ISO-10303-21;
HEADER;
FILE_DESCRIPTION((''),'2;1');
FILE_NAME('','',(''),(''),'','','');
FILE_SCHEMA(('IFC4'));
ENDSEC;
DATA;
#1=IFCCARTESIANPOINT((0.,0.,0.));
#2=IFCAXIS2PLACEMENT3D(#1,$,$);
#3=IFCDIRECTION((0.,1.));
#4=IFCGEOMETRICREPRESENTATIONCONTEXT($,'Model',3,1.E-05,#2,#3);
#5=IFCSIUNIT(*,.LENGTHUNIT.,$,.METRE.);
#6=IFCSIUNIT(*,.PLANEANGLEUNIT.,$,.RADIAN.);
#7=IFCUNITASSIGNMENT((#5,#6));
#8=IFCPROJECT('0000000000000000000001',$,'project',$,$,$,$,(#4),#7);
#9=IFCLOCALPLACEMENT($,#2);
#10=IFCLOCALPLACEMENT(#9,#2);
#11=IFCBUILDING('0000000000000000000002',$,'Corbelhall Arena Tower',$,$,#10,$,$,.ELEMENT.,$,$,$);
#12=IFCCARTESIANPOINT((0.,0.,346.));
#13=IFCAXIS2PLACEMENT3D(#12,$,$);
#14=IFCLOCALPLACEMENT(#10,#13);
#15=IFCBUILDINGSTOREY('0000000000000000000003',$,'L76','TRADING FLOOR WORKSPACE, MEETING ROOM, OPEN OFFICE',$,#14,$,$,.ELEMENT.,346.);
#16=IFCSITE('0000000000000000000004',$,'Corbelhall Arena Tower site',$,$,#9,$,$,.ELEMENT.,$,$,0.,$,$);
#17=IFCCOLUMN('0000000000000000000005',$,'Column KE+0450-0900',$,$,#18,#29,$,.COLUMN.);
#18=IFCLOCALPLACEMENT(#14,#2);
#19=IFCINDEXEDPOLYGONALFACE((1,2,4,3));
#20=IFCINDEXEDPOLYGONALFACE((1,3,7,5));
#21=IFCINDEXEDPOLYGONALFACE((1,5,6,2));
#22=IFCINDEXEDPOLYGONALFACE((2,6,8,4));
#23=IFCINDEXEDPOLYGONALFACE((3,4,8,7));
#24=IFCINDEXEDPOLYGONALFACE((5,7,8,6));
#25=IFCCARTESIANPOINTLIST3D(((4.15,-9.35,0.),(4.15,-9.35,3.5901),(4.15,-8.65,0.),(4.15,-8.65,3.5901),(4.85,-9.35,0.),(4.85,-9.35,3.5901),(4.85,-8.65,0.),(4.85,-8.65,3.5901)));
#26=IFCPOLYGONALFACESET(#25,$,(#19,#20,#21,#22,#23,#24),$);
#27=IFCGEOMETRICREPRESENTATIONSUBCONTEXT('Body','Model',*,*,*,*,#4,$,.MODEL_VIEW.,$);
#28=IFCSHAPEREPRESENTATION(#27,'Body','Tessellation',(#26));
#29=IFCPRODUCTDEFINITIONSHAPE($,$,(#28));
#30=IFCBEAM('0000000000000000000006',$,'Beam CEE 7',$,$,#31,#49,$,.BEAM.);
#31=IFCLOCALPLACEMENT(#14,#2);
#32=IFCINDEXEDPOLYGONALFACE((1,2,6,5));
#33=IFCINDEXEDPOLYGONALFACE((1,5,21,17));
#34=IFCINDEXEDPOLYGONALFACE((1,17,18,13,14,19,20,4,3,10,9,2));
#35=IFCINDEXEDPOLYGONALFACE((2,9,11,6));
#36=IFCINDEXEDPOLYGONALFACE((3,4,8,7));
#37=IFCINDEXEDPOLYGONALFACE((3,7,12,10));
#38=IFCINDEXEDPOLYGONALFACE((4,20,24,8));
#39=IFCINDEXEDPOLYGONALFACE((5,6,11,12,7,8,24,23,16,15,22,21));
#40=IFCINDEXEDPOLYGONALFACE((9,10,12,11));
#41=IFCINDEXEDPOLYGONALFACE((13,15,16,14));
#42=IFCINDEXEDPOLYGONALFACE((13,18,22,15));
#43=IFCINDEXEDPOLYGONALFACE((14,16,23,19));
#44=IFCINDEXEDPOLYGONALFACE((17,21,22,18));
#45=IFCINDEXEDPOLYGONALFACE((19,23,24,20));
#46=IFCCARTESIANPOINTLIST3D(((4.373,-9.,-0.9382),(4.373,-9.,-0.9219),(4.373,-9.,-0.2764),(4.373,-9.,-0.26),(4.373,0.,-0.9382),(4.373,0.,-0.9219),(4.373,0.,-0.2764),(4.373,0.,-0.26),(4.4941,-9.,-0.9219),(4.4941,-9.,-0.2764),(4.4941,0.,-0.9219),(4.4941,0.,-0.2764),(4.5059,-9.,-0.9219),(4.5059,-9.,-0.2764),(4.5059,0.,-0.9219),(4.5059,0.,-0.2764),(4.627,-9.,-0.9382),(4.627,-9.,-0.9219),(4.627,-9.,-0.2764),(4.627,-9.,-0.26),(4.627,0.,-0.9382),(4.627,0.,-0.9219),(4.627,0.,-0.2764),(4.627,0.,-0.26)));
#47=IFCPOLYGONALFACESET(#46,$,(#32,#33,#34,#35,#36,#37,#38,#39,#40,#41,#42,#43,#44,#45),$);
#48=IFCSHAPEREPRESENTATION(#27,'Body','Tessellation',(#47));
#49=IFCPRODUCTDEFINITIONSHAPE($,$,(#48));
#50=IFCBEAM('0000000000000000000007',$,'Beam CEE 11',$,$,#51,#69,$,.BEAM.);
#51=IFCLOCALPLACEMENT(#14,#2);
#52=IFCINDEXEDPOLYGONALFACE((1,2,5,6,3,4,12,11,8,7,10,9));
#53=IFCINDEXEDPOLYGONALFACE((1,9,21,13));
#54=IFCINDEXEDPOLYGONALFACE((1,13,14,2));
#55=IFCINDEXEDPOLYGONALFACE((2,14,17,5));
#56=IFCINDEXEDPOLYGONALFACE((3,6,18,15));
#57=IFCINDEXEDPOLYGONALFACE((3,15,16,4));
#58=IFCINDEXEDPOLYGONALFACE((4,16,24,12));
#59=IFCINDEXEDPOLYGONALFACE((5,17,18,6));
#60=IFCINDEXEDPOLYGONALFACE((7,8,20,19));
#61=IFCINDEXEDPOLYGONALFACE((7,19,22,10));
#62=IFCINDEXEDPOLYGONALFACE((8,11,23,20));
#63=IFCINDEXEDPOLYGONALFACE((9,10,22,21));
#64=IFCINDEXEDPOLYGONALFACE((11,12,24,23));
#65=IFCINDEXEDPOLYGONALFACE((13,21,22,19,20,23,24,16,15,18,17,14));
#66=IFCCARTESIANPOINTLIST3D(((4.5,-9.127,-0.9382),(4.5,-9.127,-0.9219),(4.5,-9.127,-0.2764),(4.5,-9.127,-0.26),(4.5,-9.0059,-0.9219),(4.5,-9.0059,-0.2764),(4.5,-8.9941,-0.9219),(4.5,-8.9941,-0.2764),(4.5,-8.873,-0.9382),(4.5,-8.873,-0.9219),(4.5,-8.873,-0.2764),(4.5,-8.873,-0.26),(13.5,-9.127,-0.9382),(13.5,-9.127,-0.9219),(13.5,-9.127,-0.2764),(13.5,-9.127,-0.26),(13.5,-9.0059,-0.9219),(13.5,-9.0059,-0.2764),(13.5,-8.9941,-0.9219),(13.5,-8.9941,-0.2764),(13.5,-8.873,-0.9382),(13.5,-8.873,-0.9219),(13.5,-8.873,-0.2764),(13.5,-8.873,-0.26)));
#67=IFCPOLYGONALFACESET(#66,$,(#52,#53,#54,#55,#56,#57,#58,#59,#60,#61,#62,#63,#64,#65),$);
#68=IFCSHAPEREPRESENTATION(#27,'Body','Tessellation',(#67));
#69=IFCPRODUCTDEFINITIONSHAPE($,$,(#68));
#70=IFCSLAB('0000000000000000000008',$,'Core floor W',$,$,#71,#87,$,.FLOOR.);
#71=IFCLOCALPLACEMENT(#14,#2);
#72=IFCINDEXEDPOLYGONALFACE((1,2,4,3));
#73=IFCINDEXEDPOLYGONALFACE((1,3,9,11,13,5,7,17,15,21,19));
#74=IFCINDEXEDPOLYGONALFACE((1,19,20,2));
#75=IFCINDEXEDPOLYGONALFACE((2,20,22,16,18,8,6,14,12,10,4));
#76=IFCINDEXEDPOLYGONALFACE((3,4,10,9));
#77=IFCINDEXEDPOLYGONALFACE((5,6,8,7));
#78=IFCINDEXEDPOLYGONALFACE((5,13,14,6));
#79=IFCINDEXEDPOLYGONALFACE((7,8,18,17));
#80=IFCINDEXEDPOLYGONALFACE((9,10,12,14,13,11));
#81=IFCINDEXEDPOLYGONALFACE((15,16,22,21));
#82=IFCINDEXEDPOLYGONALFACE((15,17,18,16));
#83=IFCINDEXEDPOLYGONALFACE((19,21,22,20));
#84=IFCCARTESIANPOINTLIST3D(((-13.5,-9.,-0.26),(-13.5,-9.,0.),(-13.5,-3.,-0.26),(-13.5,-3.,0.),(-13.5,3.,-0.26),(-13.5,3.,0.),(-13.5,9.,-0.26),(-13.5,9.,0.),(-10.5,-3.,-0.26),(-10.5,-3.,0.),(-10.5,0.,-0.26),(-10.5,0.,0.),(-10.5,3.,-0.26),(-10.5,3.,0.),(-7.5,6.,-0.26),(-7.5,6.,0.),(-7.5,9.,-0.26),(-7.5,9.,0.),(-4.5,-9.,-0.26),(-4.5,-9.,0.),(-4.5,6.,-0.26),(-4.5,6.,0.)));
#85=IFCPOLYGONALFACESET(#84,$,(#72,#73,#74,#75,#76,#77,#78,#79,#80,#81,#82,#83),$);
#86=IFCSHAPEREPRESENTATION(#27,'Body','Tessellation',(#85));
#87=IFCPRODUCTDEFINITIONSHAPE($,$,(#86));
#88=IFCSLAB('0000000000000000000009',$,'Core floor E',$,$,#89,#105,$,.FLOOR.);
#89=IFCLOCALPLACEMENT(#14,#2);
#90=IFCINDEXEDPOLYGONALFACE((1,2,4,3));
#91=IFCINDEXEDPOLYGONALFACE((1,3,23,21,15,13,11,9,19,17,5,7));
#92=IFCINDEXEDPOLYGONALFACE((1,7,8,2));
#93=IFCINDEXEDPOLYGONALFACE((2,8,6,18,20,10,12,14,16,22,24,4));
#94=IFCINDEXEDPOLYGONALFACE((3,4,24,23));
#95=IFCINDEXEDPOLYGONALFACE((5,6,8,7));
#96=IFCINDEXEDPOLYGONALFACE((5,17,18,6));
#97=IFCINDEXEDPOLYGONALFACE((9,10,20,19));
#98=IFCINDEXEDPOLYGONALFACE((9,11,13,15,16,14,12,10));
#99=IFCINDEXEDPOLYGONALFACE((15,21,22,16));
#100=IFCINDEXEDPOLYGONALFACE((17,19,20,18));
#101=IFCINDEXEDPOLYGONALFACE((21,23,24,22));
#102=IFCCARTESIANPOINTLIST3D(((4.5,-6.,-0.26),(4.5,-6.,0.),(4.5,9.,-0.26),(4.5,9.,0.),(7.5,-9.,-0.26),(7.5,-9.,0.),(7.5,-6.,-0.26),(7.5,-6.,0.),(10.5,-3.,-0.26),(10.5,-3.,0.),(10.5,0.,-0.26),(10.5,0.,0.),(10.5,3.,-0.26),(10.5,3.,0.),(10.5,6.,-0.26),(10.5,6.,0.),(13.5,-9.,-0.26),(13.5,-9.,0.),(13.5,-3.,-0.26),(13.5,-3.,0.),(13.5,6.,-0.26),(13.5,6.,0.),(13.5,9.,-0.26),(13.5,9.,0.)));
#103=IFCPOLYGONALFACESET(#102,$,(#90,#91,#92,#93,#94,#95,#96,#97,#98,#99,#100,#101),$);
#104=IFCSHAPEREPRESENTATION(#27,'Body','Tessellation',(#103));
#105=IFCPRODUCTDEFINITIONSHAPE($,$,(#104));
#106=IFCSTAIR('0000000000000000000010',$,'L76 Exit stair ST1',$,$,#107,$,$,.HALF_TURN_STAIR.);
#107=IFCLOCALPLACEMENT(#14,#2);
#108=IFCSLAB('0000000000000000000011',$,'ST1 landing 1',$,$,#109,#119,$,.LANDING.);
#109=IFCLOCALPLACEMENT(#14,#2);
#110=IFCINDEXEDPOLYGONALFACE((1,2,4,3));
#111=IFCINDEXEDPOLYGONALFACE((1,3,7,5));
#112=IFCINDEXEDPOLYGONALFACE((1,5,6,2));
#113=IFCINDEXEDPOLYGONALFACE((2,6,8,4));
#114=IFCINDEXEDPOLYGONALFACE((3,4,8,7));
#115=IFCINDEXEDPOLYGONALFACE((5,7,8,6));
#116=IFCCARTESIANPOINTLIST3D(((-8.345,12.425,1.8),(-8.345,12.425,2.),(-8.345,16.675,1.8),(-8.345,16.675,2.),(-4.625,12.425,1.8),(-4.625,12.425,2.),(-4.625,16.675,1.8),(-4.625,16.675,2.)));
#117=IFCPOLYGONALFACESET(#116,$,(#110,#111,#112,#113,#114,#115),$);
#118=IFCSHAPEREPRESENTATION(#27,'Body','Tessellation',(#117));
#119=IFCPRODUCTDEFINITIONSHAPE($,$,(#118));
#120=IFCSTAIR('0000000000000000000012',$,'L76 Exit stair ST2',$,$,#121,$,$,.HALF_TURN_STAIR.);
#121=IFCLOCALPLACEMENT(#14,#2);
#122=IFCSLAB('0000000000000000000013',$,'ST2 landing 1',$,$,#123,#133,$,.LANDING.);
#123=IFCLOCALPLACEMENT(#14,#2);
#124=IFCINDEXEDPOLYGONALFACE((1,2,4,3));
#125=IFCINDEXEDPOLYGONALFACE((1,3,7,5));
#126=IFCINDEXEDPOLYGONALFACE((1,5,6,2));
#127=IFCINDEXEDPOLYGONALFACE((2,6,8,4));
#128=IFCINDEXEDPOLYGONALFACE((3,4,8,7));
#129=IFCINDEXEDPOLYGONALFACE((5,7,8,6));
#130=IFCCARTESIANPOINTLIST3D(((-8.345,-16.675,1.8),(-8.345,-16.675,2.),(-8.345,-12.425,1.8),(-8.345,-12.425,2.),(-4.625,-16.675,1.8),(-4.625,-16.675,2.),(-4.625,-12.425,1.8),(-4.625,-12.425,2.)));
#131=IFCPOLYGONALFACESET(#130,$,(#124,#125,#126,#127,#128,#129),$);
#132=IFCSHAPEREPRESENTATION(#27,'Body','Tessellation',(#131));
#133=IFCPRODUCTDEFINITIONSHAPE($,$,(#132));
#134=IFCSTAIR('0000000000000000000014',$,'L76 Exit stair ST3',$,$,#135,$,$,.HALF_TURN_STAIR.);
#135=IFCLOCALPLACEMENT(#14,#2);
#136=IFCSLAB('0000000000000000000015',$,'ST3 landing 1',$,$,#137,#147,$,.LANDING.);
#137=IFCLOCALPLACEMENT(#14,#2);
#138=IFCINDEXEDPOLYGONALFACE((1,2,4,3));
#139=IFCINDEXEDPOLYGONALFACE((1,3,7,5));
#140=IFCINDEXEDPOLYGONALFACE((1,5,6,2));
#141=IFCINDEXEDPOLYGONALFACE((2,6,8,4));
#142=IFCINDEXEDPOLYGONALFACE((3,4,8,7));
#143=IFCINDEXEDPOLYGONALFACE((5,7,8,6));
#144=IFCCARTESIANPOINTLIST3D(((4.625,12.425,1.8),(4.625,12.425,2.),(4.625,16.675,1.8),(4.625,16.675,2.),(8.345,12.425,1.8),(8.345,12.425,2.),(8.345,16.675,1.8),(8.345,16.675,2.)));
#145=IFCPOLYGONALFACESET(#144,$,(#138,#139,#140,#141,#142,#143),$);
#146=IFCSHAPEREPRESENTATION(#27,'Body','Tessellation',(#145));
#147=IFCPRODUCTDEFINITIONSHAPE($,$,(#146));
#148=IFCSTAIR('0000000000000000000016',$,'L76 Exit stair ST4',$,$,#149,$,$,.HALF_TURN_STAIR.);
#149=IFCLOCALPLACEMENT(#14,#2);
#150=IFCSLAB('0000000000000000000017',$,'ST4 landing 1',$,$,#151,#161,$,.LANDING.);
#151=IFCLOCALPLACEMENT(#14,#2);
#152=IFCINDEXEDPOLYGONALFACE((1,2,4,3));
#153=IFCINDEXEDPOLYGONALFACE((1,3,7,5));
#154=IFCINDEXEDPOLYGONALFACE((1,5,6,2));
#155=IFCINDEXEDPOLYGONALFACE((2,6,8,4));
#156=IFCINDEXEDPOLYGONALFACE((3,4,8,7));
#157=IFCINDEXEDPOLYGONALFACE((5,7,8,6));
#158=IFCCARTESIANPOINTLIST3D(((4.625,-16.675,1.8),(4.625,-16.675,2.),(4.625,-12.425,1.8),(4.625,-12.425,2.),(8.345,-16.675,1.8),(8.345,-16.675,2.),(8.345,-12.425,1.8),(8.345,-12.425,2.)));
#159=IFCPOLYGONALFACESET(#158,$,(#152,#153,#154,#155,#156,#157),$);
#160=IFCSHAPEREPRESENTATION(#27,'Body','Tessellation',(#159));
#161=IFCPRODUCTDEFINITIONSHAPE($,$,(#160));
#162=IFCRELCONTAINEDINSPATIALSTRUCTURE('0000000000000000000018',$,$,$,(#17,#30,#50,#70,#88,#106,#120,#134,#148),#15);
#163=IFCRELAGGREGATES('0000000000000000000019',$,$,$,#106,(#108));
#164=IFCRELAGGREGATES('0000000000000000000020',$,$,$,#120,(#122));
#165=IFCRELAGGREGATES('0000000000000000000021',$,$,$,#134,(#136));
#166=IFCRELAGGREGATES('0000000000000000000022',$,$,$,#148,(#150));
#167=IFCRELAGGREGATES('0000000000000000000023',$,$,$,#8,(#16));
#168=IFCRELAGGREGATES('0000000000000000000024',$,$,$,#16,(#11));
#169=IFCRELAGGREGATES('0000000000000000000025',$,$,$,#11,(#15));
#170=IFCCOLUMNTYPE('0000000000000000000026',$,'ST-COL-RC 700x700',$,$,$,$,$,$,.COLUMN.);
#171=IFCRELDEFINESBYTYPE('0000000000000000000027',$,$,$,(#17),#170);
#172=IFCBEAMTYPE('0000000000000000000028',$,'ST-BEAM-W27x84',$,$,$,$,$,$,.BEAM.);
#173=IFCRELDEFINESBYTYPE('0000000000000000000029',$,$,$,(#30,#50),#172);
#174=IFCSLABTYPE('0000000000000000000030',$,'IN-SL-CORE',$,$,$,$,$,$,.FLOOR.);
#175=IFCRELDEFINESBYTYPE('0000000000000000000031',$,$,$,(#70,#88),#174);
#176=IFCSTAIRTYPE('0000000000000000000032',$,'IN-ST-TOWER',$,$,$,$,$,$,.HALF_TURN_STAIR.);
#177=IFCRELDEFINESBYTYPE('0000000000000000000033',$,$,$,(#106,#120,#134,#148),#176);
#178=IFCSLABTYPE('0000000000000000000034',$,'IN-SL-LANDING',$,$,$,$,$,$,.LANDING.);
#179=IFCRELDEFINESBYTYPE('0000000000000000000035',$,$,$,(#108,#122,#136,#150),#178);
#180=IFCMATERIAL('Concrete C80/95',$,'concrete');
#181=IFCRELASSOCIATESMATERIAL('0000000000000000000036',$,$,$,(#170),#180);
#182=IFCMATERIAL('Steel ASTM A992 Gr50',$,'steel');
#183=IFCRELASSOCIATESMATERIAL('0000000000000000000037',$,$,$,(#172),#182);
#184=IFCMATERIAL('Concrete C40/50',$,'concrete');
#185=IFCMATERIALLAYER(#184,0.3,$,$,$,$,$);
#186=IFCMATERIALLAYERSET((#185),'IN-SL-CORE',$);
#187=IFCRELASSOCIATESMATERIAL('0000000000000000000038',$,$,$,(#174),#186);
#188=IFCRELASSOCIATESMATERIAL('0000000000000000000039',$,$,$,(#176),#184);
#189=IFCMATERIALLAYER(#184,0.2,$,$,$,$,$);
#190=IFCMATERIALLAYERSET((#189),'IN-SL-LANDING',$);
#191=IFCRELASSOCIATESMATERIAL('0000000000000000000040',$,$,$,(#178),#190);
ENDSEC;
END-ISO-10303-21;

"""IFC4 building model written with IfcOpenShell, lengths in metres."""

from ifc_helpers import new_model, si_unit, direction, frame, origin, origin_2d, place, context, subcontext, project, spatial, polyline, rectangle, i_section, outline, extrude, material, layer, layer_set, material_profile, profile_set, type_object, element, aggregate, save


model = new_model("IFC4")

# Units and contexts
model_context = context("Model", 3, precision=1e-05, world=origin(), true_north=direction((0.0, 1.0)))
body_context = subcontext(model_context, "Body", "Model", "MODEL_VIEW")
ifc_project = project(units=[si_unit("LENGTHUNIT", "METRE"), si_unit("PLANEANGLEUNIT", "RADIAN")], contexts=[model_context])

# Site, building, storey
site_placement = place(None, origin())
site = spatial("IfcSite", under=ifc_project, at=site_placement, Name="Corbelhall Arena Tower site", CompositionType="ELEMENT", RefElevation=0.0)
building_placement = place(site_placement, origin())
building = spatial("IfcBuilding", under=site, at=building_placement, Name="Corbelhall Arena Tower", CompositionType="ELEMENT")
storey_placement = place(building_placement, frame((0.0, 0.0, 346.0)))
storey = spatial("IfcBuildingStorey", under=building, at=storey_placement, Name="L76", Description="TRADING FLOOR WORKSPACE, MEETING ROOM, OPEN OFFICE", CompositionType="ELEMENT", Elevation=346.0)

# Column
ifc_material_1 = material(Name="Concrete C80/95", Category="concrete")
ifc_material_profile_1 = material_profile(ifc_material_1, rectangle(XDim=0.7, YDim=0.7, at=origin_2d()))
ifc_profile_set_1 = profile_set([ifc_material_profile_1], Name="Concrete C80/95")
column_type = type_object("IfcColumnType", Name="ST-COL-RC 700x700", PredefinedType="COLUMN", material=ifc_profile_set_1)
column_placement = place(storey_placement, frame((4.5, -9.0, 0.0), z_axis=(0.0, 0.0, 1.0), x_axis=(1.0, 0.0, 0.0)))
element("IfcColumn", 1, at=column_placement, inside=storey, type_object=column_type, Name="Column KE+0450-0900", PredefinedType="COLUMN", context=body_context, shape_type="SweptSolid", body=[
    extrude(rectangle(XDim=0.7, YDim=0.7, at=origin_2d()), origin(), (0.0, 0.0, 1.0), 3.5901),
])

# Beams
ifc_material_2 = material(Name="Steel ASTM A992 Gr50", Category="steel")
ifc_material_profile_2 = material_profile(ifc_material_2, i_section(OverallWidth=0.2539, OverallDepth=0.6782, WebThickness=0.0117, FlangeThickness=0.0164, at=origin_2d()))
ifc_profile_set_2 = profile_set([ifc_material_profile_2], Name="Steel ASTM A992 Gr50")
beam_type = type_object("IfcBeamType", Name="ST-BEAM-W27x84", PredefinedType="BEAM", material=ifc_profile_set_2)
for number, where, z_axis, x_axis, name in (
    (2, (4.5, -9.0, -0.5991), (0.0, 1.0, 0.0), (-1.0, 0.0, 0.0), "Beam CEE 7"),
    (3, (4.5, -9.0, -0.5991), (1.0, 0.0, 0.0), (0.0, 1.0, 0.0), "Beam CEE 11"),
):
    element("IfcBeam", number, at=place(storey_placement, frame(where, z_axis=z_axis, x_axis=x_axis)), inside=storey, type_object=beam_type, Name=name, PredefinedType="BEAM", context=body_context, shape_type="SweptSolid", body=[
        extrude(i_section(OverallWidth=0.2539, OverallDepth=0.6782, WebThickness=0.0117, FlangeThickness=0.0164, at=origin_2d()), origin(), (0.0, 0.0, 1.0), 9.0),
    ])

# Slabs
ifc_material_3 = material(Name="Concrete C40/50", Category="concrete")
ifc_layer_1 = layer(ifc_material_3, 0.3)
ifc_layer_set_1 = layer_set([ifc_layer_1], Name="IN-SL-CORE")
slab_type_1 = type_object("IfcSlabType", Name="IN-SL-CORE", PredefinedType="FLOOR", material=ifc_layer_set_1)
slab_1_placement = place(storey_placement, frame((0.0, 0.0, -0.26)))
element("IfcSlab", 4, at=slab_1_placement, inside=storey, type_object=slab_type_1, Name="Core floor W", PredefinedType="FLOOR", context=body_context, shape_type="SweptSolid", body=[
    extrude(outline(polyline([(-13.5, -3.0), (-13.5, -9.0), (-4.5, -9.0), (-4.5, 6.0), (-7.5, 6.0), (-7.5, 9.0), (-13.5, 9.0), (-13.5, 3.0), (-10.5, 3.0), (-10.5, 0.0), (-10.5, -3.0), (-13.5, -3.0)])), origin(), (0.0, 0.0, 1.0), 0.26),
])
slab_2_placement = place(storey_placement, frame((0.0, 0.0, -0.26)))
element("IfcSlab", 5, at=slab_2_placement, inside=storey, type_object=slab_type_1, Name="Core floor E", PredefinedType="FLOOR", context=body_context, shape_type="SweptSolid", body=[
    extrude(outline(polyline([(10.5, 0.0), (10.5, 3.0), (10.5, 6.0), (13.5, 6.0), (13.5, 9.0), (4.5, 9.0), (4.5, -6.0), (7.5, -6.0), (7.5, -9.0), (13.5, -9.0), (13.5, -3.0), (10.5, -3.0), (10.5, 0.0)])), origin(), (0.0, 0.0, 1.0), 0.26),
])

# Stairs, slabs
stair_type = type_object("IfcStairType", Name="IN-ST-TOWER", PredefinedType="HALF_TURN_STAIR", material=ifc_material_3)
stair_1_placement = place(storey_placement, origin())
stair_1 = element("IfcStair", 6, at=stair_1_placement, inside=storey, type_object=stair_type, Name="L76 Exit stair ST1", PredefinedType="HALF_TURN_STAIR")
ifc_layer_2 = layer(ifc_material_3, 0.2)
ifc_layer_set_2 = layer_set([ifc_layer_2], Name="IN-SL-LANDING")
slab_type_2 = type_object("IfcSlabType", Name="IN-SL-LANDING", PredefinedType="LANDING", material=ifc_layer_set_2)
slab_3_placement = place(storey_placement, frame((0.0, 0.0, 1.8)))
slab_3 = element("IfcSlab", 7, at=slab_3_placement, type_object=slab_type_2, Name="ST1 landing 1", PredefinedType="LANDING", context=body_context, shape_type="SweptSolid", body=[
    extrude(outline(polyline([(-8.345, 12.425), (-4.625, 12.425), (-4.625, 16.675), (-8.345, 16.675), (-8.345, 12.425)])), origin(), (0.0, 0.0, 1.0), 0.2),
])
aggregate(stair_1, [slab_3])
stair_2_placement = place(storey_placement, origin())
stair_2 = element("IfcStair", 8, at=stair_2_placement, inside=storey, type_object=stair_type, Name="L76 Exit stair ST2", PredefinedType="HALF_TURN_STAIR")
slab_4_placement = place(storey_placement, frame((0.0, 0.0, 1.8)))
slab_4 = element("IfcSlab", 9, at=slab_4_placement, type_object=slab_type_2, Name="ST2 landing 1", PredefinedType="LANDING", context=body_context, shape_type="SweptSolid", body=[
    extrude(outline(polyline([(-8.345, -16.675), (-4.625, -16.675), (-4.625, -12.425), (-8.345, -12.425), (-8.345, -16.675)])), origin(), (0.0, 0.0, 1.0), 0.2),
])
aggregate(stair_2, [slab_4])
stair_3_placement = place(storey_placement, origin())
stair_3 = element("IfcStair", 10, at=stair_3_placement, inside=storey, type_object=stair_type, Name="L76 Exit stair ST3", PredefinedType="HALF_TURN_STAIR")
slab_5_placement = place(storey_placement, frame((0.0, 0.0, 1.8)))
slab_5 = element("IfcSlab", 11, at=slab_5_placement, type_object=slab_type_2, Name="ST3 landing 1", PredefinedType="LANDING", context=body_context, shape_type="SweptSolid", body=[
    extrude(outline(polyline([(8.345, 16.675), (4.625, 16.675), (4.625, 12.425), (8.345, 12.425), (8.345, 16.675)])), origin(), (0.0, 0.0, 1.0), 0.2),
])
aggregate(stair_3, [slab_5])
stair_4_placement = place(storey_placement, origin())
stair_4 = element("IfcStair", 12, at=stair_4_placement, inside=storey, type_object=stair_type, Name="L76 Exit stair ST4", PredefinedType="HALF_TURN_STAIR")
slab_6_placement = place(storey_placement, frame((0.0, 0.0, 1.8)))
slab_6 = element("IfcSlab", 13, at=slab_6_placement, type_object=slab_type_2, Name="ST4 landing 1", PredefinedType="LANDING", context=body_context, shape_type="SweptSolid", body=[
    extrude(outline(polyline([(8.345, -12.425), (4.625, -12.425), (4.625, -16.675), (8.345, -16.675), (8.345, -12.425)])), origin(), (0.0, 0.0, 1.0), 0.2),
])
aggregate(stair_4, [slab_6])

save(model, "model.ifc")
